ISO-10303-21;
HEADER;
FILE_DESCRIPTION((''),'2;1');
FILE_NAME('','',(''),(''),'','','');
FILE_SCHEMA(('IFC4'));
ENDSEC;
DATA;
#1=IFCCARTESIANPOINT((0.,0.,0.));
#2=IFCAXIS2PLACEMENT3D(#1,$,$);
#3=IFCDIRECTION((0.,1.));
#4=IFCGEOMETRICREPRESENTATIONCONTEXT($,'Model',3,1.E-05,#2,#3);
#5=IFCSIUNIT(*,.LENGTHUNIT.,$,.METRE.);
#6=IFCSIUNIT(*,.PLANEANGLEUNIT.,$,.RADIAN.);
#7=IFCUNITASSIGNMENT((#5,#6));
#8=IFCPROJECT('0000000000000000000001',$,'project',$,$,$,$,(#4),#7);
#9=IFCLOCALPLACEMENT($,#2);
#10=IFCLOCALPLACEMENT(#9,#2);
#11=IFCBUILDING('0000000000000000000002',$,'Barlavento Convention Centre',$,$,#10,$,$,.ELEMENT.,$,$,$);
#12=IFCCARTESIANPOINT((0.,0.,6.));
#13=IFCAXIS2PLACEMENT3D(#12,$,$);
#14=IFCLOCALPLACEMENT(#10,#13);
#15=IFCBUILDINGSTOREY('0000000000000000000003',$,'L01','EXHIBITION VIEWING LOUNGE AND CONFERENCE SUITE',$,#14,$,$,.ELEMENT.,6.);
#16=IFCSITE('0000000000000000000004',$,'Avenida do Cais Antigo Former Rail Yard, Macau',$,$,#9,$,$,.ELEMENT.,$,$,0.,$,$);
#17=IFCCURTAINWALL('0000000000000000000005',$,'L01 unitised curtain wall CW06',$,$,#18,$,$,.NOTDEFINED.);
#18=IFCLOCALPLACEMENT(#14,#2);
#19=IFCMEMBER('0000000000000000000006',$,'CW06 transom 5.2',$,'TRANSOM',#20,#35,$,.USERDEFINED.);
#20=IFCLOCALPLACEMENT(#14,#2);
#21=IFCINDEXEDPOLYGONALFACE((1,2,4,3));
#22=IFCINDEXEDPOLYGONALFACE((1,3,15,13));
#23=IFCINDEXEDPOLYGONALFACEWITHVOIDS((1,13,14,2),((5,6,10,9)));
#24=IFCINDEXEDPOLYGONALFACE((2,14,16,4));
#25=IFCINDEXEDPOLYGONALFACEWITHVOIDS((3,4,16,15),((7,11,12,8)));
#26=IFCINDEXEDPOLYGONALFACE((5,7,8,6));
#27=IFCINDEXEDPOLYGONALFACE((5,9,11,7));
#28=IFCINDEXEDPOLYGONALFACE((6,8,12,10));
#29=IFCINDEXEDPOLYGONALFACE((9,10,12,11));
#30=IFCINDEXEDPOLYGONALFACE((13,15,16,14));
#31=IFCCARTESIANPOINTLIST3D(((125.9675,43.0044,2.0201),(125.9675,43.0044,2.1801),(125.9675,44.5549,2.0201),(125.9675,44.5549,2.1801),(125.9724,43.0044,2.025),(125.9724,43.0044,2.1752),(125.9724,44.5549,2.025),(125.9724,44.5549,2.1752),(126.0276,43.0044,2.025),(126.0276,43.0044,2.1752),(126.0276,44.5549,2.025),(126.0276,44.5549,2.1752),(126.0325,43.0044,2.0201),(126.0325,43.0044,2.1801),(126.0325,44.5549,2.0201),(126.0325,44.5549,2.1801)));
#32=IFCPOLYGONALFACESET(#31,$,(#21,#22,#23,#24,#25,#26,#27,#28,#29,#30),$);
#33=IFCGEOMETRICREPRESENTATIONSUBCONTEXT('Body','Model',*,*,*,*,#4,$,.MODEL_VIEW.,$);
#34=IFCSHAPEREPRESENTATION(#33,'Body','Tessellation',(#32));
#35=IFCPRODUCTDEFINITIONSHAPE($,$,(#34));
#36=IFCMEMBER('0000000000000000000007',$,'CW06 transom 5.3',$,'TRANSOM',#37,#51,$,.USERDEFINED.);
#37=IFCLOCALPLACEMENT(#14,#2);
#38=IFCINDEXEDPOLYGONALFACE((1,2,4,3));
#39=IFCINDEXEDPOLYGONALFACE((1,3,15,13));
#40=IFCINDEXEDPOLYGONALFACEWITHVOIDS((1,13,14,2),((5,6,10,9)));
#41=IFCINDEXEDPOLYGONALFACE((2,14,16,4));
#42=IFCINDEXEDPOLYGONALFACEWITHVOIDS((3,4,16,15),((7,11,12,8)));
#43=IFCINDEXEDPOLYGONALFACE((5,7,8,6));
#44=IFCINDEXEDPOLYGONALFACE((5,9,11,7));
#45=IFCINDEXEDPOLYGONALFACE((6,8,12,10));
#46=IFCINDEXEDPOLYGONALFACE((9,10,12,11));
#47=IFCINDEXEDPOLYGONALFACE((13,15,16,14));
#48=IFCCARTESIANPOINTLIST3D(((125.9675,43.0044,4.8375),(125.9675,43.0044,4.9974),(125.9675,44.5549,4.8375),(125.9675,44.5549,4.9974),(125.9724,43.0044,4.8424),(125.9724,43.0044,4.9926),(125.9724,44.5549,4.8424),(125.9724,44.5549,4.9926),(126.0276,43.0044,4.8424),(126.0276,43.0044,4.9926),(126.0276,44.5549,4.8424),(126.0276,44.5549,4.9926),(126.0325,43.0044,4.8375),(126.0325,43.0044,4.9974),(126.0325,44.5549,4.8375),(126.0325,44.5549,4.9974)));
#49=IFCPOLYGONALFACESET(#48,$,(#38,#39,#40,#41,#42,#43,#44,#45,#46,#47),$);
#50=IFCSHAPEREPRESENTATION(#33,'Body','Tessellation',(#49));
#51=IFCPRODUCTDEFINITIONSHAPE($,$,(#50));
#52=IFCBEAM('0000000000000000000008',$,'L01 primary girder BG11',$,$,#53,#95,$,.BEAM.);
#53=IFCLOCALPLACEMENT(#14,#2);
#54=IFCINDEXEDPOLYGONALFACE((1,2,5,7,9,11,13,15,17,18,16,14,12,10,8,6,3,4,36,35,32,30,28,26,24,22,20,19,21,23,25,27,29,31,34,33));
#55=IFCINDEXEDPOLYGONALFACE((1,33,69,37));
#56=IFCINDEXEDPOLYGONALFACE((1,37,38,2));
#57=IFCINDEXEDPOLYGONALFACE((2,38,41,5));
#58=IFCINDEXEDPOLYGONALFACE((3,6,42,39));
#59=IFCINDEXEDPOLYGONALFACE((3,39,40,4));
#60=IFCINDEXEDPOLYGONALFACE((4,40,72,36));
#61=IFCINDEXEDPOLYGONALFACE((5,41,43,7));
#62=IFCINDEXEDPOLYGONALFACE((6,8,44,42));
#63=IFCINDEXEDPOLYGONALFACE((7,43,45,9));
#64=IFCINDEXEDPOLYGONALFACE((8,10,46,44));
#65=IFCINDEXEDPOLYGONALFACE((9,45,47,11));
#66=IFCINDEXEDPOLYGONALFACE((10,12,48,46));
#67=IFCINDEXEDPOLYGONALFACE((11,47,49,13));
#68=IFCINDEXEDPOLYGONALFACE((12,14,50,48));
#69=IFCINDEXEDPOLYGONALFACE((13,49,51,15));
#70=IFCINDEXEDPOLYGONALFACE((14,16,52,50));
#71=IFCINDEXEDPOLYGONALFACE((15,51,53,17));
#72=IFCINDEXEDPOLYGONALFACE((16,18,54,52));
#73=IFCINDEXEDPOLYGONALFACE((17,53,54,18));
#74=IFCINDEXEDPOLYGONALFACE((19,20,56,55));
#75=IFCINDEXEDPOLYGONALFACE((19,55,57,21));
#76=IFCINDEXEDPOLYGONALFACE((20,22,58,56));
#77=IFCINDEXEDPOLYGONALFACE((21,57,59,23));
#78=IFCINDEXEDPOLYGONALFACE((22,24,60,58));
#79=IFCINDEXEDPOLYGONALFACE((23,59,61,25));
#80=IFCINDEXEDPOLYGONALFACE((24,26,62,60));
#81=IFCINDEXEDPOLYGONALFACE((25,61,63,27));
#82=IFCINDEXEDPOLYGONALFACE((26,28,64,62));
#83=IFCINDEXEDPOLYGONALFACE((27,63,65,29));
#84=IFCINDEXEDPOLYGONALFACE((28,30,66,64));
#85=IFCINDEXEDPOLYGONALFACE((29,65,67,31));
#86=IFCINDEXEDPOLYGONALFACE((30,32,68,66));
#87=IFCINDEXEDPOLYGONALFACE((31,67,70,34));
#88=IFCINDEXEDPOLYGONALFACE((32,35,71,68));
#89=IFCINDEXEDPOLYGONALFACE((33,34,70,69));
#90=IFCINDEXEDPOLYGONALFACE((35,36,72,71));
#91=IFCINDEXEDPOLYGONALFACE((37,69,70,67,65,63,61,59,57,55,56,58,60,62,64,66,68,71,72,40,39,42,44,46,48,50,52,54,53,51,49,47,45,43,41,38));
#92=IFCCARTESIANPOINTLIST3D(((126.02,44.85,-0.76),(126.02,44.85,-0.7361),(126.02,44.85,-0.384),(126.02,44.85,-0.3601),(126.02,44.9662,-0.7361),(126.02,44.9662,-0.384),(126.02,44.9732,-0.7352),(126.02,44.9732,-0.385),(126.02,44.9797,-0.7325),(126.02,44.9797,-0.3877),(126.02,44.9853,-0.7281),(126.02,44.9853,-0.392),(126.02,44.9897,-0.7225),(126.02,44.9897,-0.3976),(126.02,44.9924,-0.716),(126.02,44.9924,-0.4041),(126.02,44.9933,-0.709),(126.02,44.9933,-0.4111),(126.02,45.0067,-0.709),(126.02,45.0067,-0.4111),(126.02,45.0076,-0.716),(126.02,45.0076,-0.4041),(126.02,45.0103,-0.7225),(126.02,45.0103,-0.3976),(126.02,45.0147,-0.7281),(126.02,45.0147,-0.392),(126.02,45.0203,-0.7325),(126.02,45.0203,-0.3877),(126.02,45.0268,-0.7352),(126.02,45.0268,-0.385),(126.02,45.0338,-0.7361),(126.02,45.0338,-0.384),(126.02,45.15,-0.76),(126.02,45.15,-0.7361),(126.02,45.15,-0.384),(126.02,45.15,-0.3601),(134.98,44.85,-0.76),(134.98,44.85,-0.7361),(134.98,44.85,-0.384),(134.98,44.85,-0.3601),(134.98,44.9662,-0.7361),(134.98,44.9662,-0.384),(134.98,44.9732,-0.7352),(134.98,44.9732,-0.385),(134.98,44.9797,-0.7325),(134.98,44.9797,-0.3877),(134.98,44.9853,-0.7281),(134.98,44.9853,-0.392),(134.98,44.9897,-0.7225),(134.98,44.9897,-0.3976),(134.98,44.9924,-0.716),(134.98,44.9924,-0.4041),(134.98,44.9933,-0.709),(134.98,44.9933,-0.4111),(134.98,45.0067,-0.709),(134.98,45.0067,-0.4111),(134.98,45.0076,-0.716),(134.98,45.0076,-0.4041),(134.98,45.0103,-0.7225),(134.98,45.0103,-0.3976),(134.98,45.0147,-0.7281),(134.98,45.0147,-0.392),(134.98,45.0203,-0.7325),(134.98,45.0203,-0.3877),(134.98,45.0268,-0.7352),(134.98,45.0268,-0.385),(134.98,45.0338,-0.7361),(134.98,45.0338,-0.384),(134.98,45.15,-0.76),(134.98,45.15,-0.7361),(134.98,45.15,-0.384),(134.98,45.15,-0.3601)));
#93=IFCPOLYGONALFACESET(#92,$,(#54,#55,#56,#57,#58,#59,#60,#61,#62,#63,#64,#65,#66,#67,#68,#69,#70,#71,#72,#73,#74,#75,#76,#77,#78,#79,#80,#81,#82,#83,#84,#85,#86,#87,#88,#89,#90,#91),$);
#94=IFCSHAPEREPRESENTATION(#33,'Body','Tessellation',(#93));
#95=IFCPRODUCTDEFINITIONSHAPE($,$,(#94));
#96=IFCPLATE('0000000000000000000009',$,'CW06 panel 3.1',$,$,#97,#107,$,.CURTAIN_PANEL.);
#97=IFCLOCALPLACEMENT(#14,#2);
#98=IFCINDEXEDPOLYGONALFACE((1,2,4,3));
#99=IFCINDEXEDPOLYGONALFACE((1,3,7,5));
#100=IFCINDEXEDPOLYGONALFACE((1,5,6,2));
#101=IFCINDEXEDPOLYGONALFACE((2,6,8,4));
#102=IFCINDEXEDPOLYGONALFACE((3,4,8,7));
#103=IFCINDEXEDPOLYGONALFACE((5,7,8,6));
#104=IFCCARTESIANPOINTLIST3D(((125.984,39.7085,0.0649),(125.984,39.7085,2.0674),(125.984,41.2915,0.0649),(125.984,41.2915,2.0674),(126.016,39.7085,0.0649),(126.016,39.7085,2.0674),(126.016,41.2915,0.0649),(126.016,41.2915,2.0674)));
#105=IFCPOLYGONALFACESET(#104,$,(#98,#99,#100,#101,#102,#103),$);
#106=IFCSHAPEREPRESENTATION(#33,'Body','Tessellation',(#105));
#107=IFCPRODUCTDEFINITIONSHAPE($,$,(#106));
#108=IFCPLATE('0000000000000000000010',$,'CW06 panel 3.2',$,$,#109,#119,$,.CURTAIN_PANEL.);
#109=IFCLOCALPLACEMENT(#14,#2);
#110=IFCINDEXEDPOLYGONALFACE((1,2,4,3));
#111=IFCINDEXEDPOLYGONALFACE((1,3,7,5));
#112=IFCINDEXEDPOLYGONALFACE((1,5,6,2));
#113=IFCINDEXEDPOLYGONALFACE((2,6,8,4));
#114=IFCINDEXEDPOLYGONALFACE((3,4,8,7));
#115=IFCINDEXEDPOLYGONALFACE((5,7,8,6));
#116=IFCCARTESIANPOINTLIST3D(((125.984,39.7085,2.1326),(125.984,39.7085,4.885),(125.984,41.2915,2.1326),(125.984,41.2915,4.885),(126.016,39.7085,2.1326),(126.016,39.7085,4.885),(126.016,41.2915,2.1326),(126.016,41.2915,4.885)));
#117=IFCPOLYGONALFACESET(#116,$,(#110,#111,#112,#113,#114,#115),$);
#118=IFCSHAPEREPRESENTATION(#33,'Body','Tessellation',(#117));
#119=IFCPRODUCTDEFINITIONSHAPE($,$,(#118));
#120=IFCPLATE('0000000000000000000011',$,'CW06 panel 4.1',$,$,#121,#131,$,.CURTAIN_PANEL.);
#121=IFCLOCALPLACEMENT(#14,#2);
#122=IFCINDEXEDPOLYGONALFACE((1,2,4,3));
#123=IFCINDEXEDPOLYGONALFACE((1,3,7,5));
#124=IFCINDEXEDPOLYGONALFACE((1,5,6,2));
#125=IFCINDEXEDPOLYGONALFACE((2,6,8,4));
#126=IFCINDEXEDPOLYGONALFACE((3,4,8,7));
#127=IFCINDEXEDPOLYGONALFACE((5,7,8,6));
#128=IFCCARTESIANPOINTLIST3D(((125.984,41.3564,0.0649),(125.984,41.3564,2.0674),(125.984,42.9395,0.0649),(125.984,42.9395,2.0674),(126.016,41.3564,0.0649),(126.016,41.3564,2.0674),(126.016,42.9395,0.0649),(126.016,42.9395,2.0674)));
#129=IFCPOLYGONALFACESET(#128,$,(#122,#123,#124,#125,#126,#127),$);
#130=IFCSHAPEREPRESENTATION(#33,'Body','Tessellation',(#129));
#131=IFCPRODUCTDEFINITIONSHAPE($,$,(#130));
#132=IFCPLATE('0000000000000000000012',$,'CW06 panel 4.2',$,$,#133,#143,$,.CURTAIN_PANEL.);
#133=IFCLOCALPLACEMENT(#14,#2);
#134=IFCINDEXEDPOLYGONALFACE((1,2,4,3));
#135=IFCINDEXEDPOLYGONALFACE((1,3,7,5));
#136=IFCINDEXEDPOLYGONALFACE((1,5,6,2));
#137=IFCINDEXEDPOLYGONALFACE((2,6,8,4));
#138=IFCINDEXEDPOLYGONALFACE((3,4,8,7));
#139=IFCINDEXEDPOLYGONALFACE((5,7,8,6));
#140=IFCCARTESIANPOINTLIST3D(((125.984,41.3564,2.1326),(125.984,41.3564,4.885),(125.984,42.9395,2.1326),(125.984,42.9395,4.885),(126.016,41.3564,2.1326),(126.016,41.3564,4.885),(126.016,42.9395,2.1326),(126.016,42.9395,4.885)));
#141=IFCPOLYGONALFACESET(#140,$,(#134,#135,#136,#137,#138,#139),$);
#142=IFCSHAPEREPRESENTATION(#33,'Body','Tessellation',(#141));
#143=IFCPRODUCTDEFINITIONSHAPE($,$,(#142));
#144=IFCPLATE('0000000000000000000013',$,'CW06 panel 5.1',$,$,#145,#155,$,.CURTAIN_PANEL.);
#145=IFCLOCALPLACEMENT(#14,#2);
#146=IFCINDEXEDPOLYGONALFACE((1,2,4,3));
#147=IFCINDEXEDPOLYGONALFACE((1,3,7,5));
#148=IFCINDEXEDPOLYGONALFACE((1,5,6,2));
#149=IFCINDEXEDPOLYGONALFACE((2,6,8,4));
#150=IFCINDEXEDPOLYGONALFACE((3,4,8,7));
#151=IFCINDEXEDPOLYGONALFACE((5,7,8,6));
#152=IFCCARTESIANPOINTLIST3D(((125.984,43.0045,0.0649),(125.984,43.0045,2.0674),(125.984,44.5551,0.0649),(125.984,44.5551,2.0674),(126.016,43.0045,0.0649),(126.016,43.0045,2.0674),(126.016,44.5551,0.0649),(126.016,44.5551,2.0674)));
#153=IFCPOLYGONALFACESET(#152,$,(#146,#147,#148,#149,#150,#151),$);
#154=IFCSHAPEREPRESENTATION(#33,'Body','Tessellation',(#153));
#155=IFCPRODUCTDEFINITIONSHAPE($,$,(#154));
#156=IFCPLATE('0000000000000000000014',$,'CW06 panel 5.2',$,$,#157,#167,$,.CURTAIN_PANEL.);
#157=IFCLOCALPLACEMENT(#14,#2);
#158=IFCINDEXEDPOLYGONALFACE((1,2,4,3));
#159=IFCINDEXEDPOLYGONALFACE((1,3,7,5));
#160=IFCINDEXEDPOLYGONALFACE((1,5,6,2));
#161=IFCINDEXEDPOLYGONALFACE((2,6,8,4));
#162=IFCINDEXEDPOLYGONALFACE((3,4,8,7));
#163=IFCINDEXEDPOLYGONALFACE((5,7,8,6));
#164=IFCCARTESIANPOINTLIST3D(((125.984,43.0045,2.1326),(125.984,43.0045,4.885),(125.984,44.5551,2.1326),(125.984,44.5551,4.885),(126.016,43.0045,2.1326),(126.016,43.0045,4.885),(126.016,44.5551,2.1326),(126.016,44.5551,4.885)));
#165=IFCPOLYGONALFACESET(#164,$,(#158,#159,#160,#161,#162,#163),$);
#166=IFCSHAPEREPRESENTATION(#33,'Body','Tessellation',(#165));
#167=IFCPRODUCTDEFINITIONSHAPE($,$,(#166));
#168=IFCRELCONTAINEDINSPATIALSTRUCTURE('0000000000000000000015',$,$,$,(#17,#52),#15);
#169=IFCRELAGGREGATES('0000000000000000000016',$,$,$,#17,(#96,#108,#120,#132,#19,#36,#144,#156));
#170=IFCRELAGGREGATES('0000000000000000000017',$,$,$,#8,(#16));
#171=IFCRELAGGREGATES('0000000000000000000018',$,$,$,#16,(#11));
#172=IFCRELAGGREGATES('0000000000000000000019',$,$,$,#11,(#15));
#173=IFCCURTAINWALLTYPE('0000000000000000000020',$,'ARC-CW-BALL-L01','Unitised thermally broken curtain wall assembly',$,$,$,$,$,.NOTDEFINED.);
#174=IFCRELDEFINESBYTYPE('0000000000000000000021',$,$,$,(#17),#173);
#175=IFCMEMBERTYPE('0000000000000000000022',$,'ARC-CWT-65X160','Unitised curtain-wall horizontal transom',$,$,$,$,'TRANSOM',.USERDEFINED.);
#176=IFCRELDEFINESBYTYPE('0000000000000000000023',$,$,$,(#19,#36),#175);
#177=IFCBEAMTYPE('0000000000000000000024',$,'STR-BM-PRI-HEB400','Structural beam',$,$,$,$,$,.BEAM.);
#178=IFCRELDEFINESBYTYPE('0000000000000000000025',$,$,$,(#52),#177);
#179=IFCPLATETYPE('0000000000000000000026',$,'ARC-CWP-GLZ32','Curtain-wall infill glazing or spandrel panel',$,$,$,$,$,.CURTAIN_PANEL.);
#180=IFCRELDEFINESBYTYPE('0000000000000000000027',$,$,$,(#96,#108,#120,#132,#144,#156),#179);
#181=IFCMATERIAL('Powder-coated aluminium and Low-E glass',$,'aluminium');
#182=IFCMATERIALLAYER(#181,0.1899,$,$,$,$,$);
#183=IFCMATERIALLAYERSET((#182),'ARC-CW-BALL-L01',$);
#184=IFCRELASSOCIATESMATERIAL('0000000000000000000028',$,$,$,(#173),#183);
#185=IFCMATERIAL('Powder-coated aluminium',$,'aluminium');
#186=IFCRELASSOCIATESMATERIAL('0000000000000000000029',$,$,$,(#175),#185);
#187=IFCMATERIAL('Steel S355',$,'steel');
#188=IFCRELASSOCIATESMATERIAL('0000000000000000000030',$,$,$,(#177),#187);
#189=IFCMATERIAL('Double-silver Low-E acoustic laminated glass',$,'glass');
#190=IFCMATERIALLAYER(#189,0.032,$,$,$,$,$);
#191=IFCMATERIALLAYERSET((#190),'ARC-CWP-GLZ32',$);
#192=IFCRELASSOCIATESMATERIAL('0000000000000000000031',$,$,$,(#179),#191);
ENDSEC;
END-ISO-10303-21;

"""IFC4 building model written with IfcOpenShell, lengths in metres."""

from ifc_helpers import new_model, si_unit, direction, frame, origin, origin_2d, place, context, subcontext, project, spatial, rectangle, hollow_rectangle, i_section, extrude, material, layer, layer_set, material_profile, profile_set, type_object, element, aggregate, save


model = new_model("IFC4")

# Units and contexts
model_context = context("Model", 3, precision=1e-05, world=origin(), true_north=direction((0.0, 1.0)))
body_context = subcontext(model_context, "Body", "Model", "MODEL_VIEW")
ifc_project = project(units=[si_unit("LENGTHUNIT", "METRE"), si_unit("PLANEANGLEUNIT", "RADIAN")], contexts=[model_context])

# Site, building, storey
site_placement = place(None, origin())
site = spatial("IfcSite", under=ifc_project, at=site_placement, Name="Avenida do Cais Antigo Former Rail Yard, Macau", CompositionType="ELEMENT", RefElevation=0.0)
building_placement = place(site_placement, origin())
building = spatial("IfcBuilding", under=site, at=building_placement, Name="Barlavento Convention Centre", CompositionType="ELEMENT")
storey_placement = place(building_placement, frame((0.0, 0.0, 6.0)))
storey = spatial("IfcBuildingStorey", under=building, at=storey_placement, Name="L01", Description="EXHIBITION VIEWING LOUNGE AND CONFERENCE SUITE", CompositionType="ELEMENT", Elevation=6.0)

# Curtain wall, members
ifc_material_1 = material(Name="Powder-coated aluminium and Low-E glass", Category="aluminium")
ifc_layer_1 = layer(ifc_material_1, 0.1899)
ifc_layer_set_1 = layer_set([ifc_layer_1], Name="ARC-CW-BALL-L01")
curtain_wall_type = type_object("IfcCurtainWallType", Name="ARC-CW-BALL-L01", Description="Unitised thermally broken curtain wall assembly", PredefinedType="NOTDEFINED", material=ifc_layer_set_1)
curtain_wall_placement = place(storey_placement, origin())
curtain_wall = element("IfcCurtainWall", 1, at=curtain_wall_placement, inside=storey, type_object=curtain_wall_type, Name="L01 unitised curtain wall CW06", PredefinedType="NOTDEFINED")
ifc_material_2 = material(Name="Powder-coated aluminium", Category="aluminium")
ifc_material_profile_1 = material_profile(ifc_material_2, hollow_rectangle(XDim=0.0649, YDim=0.1599, WallThickness=0.0049, at=origin_2d()), Name="AL-TRAN 65x160x5")
ifc_profile_set_1 = profile_set([ifc_material_profile_1], Name="Powder-coated aluminium")
member_type_1 = type_object("IfcMemberType", Name="ARC-CWT-65X160", Description="Unitised curtain-wall horizontal transom", ElementType="TRANSOM", PredefinedType="USERDEFINED", material=ifc_profile_set_1)
member_1_placement = place(storey_placement, frame((126.0, 43.0044, 2.1001), z_axis=(0.0, 1.0, 0.0), x_axis=(-1.0, 0.0, 0.0)))
member_1 = element("IfcMember", 2, at=member_1_placement, type_object=member_type_1, Name="CW06 transom 5.2", ObjectType="TRANSOM", PredefinedType="USERDEFINED", context=body_context, shape_type="SweptSolid", body=[
    extrude(hollow_rectangle(XDim=0.0649, YDim=0.1599, WallThickness=0.0049, at=origin_2d()), origin(), (0.0, 0.0, 1.0), 1.5505),
])
member_2_placement = place(storey_placement, frame((126.0, 43.0044, 4.9175), z_axis=(0.0, 1.0, 0.0), x_axis=(-1.0, 0.0, 0.0)))
member_2 = element("IfcMember", 3, at=member_2_placement, type_object=member_type_1, Name="CW06 transom 5.3", ObjectType="TRANSOM", PredefinedType="USERDEFINED", context=body_context, shape_type="SweptSolid", body=[
    extrude(hollow_rectangle(XDim=0.0649, YDim=0.1599, WallThickness=0.0049, at=origin_2d()), origin(), (0.0, 0.0, 1.0), 1.5505),
])

# Beam
ifc_material_3 = material(Name="Steel S355", Category="steel")
ifc_material_profile_2 = material_profile(ifc_material_3, i_section(OverallWidth=0.3, OverallDepth=0.3999, WebThickness=0.0134, FlangeThickness=0.0239, FilletRadius=0.0271, at=origin_2d()), Name="HEB 400")
ifc_profile_set_2 = profile_set([ifc_material_profile_2], Name="Steel S355")
beam_type = type_object("IfcBeamType", Name="STR-BM-PRI-HEB400", Description="Structural beam", PredefinedType="BEAM", material=ifc_profile_set_2)
beam_placement = place(storey_placement, frame((126.02, 45.0, -0.5601), z_axis=(1.0, 0.0, 0.0), x_axis=(0.0, 1.0, 0.0)))
element("IfcBeam", 4, at=beam_placement, inside=storey, type_object=beam_type, Name="L01 primary girder BG11", PredefinedType="BEAM", context=body_context, shape_type="SweptSolid", body=[
    extrude(i_section(OverallWidth=0.3, OverallDepth=0.3999, WebThickness=0.0134, FlangeThickness=0.0239, FilletRadius=0.0271, at=origin_2d()), origin(), (0.0, 0.0, 1.0), 8.96),
])

# Plates
ifc_material_4 = material(Name="Double-silver Low-E acoustic laminated glass", Category="glass")
ifc_layer_2 = layer(ifc_material_4, 0.032)
ifc_layer_set_2 = layer_set([ifc_layer_2], Name="ARC-CWP-GLZ32")
plate_type = type_object("IfcPlateType", Name="ARC-CWP-GLZ32", Description="Curtain-wall infill glazing or spandrel panel", PredefinedType="CURTAIN_PANEL", material=ifc_layer_set_2)
plate_1_placement = place(storey_placement, frame((126.0, 40.5, 0.0649), z_axis=(0.0, 0.0, 1.0), x_axis=(0.0, 1.0, 0.0)))
plate_1 = element("IfcPlate", 5, at=plate_1_placement, type_object=plate_type, Name="CW06 panel 3.1", PredefinedType="CURTAIN_PANEL", context=body_context, shape_type="SweptSolid", body=[
    extrude(rectangle(XDim=1.583, YDim=0.032, at=origin_2d()), origin(), (0.0, 0.0, 1.0), 2.0024),
])
plate_2_placement = place(storey_placement, frame((126.0, 40.5, 2.1326), z_axis=(0.0, 0.0, 1.0), x_axis=(0.0, 1.0, 0.0)))
plate_2 = element("IfcPlate", 6, at=plate_2_placement, type_object=plate_type, Name="CW06 panel 3.2", PredefinedType="CURTAIN_PANEL", context=body_context, shape_type="SweptSolid", body=[
    extrude(rectangle(XDim=1.583, YDim=0.032, at=origin_2d()), origin(), (0.0, 0.0, 1.0), 2.7524),
])
plate_3_placement = place(storey_placement, frame((126.0, 42.1479, 0.0649), z_axis=(0.0, 0.0, 1.0), x_axis=(0.0, 1.0, 0.0)))
plate_3 = element("IfcPlate", 7, at=plate_3_placement, type_object=plate_type, Name="CW06 panel 4.1", PredefinedType="CURTAIN_PANEL", context=body_context, shape_type="SweptSolid", body=[
    extrude(rectangle(XDim=1.583, YDim=0.032, at=origin_2d()), origin(), (0.0, 0.0, 1.0), 2.0024),
])
plate_4_placement = place(storey_placement, frame((126.0, 42.1479, 2.1326), z_axis=(0.0, 0.0, 1.0), x_axis=(0.0, 1.0, 0.0)))
plate_4 = element("IfcPlate", 8, at=plate_4_placement, type_object=plate_type, Name="CW06 panel 4.2", PredefinedType="CURTAIN_PANEL", context=body_context, shape_type="SweptSolid", body=[
    extrude(rectangle(XDim=1.583, YDim=0.032, at=origin_2d()), origin(), (0.0, 0.0, 1.0), 2.7524),
])
plate_5_placement = place(storey_placement, frame((126.0, 43.7798, 0.0649), z_axis=(0.0, 0.0, 1.0), x_axis=(0.0, 1.0, 0.0)))
plate_5 = element("IfcPlate", 9, at=plate_5_placement, type_object=plate_type, Name="CW06 panel 5.1", PredefinedType="CURTAIN_PANEL", context=body_context, shape_type="SweptSolid", body=[
    extrude(rectangle(XDim=1.5505, YDim=0.032, at=origin_2d()), origin(), (0.0, 0.0, 1.0), 2.0024),
])
plate_6_placement = place(storey_placement, frame((126.0, 43.7798, 2.1326), z_axis=(0.0, 0.0, 1.0), x_axis=(0.0, 1.0, 0.0)))
plate_6 = element("IfcPlate", 10, at=plate_6_placement, type_object=plate_type, Name="CW06 panel 5.2", PredefinedType="CURTAIN_PANEL", context=body_context, shape_type="SweptSolid", body=[
    extrude(rectangle(XDim=1.5505, YDim=0.032, at=origin_2d()), origin(), (0.0, 0.0, 1.0), 2.7524),
])
aggregate(curtain_wall, [plate_1, plate_2, plate_3, plate_4, member_1, member_2, plate_5, plate_6])

save(model, "model.ifc")
